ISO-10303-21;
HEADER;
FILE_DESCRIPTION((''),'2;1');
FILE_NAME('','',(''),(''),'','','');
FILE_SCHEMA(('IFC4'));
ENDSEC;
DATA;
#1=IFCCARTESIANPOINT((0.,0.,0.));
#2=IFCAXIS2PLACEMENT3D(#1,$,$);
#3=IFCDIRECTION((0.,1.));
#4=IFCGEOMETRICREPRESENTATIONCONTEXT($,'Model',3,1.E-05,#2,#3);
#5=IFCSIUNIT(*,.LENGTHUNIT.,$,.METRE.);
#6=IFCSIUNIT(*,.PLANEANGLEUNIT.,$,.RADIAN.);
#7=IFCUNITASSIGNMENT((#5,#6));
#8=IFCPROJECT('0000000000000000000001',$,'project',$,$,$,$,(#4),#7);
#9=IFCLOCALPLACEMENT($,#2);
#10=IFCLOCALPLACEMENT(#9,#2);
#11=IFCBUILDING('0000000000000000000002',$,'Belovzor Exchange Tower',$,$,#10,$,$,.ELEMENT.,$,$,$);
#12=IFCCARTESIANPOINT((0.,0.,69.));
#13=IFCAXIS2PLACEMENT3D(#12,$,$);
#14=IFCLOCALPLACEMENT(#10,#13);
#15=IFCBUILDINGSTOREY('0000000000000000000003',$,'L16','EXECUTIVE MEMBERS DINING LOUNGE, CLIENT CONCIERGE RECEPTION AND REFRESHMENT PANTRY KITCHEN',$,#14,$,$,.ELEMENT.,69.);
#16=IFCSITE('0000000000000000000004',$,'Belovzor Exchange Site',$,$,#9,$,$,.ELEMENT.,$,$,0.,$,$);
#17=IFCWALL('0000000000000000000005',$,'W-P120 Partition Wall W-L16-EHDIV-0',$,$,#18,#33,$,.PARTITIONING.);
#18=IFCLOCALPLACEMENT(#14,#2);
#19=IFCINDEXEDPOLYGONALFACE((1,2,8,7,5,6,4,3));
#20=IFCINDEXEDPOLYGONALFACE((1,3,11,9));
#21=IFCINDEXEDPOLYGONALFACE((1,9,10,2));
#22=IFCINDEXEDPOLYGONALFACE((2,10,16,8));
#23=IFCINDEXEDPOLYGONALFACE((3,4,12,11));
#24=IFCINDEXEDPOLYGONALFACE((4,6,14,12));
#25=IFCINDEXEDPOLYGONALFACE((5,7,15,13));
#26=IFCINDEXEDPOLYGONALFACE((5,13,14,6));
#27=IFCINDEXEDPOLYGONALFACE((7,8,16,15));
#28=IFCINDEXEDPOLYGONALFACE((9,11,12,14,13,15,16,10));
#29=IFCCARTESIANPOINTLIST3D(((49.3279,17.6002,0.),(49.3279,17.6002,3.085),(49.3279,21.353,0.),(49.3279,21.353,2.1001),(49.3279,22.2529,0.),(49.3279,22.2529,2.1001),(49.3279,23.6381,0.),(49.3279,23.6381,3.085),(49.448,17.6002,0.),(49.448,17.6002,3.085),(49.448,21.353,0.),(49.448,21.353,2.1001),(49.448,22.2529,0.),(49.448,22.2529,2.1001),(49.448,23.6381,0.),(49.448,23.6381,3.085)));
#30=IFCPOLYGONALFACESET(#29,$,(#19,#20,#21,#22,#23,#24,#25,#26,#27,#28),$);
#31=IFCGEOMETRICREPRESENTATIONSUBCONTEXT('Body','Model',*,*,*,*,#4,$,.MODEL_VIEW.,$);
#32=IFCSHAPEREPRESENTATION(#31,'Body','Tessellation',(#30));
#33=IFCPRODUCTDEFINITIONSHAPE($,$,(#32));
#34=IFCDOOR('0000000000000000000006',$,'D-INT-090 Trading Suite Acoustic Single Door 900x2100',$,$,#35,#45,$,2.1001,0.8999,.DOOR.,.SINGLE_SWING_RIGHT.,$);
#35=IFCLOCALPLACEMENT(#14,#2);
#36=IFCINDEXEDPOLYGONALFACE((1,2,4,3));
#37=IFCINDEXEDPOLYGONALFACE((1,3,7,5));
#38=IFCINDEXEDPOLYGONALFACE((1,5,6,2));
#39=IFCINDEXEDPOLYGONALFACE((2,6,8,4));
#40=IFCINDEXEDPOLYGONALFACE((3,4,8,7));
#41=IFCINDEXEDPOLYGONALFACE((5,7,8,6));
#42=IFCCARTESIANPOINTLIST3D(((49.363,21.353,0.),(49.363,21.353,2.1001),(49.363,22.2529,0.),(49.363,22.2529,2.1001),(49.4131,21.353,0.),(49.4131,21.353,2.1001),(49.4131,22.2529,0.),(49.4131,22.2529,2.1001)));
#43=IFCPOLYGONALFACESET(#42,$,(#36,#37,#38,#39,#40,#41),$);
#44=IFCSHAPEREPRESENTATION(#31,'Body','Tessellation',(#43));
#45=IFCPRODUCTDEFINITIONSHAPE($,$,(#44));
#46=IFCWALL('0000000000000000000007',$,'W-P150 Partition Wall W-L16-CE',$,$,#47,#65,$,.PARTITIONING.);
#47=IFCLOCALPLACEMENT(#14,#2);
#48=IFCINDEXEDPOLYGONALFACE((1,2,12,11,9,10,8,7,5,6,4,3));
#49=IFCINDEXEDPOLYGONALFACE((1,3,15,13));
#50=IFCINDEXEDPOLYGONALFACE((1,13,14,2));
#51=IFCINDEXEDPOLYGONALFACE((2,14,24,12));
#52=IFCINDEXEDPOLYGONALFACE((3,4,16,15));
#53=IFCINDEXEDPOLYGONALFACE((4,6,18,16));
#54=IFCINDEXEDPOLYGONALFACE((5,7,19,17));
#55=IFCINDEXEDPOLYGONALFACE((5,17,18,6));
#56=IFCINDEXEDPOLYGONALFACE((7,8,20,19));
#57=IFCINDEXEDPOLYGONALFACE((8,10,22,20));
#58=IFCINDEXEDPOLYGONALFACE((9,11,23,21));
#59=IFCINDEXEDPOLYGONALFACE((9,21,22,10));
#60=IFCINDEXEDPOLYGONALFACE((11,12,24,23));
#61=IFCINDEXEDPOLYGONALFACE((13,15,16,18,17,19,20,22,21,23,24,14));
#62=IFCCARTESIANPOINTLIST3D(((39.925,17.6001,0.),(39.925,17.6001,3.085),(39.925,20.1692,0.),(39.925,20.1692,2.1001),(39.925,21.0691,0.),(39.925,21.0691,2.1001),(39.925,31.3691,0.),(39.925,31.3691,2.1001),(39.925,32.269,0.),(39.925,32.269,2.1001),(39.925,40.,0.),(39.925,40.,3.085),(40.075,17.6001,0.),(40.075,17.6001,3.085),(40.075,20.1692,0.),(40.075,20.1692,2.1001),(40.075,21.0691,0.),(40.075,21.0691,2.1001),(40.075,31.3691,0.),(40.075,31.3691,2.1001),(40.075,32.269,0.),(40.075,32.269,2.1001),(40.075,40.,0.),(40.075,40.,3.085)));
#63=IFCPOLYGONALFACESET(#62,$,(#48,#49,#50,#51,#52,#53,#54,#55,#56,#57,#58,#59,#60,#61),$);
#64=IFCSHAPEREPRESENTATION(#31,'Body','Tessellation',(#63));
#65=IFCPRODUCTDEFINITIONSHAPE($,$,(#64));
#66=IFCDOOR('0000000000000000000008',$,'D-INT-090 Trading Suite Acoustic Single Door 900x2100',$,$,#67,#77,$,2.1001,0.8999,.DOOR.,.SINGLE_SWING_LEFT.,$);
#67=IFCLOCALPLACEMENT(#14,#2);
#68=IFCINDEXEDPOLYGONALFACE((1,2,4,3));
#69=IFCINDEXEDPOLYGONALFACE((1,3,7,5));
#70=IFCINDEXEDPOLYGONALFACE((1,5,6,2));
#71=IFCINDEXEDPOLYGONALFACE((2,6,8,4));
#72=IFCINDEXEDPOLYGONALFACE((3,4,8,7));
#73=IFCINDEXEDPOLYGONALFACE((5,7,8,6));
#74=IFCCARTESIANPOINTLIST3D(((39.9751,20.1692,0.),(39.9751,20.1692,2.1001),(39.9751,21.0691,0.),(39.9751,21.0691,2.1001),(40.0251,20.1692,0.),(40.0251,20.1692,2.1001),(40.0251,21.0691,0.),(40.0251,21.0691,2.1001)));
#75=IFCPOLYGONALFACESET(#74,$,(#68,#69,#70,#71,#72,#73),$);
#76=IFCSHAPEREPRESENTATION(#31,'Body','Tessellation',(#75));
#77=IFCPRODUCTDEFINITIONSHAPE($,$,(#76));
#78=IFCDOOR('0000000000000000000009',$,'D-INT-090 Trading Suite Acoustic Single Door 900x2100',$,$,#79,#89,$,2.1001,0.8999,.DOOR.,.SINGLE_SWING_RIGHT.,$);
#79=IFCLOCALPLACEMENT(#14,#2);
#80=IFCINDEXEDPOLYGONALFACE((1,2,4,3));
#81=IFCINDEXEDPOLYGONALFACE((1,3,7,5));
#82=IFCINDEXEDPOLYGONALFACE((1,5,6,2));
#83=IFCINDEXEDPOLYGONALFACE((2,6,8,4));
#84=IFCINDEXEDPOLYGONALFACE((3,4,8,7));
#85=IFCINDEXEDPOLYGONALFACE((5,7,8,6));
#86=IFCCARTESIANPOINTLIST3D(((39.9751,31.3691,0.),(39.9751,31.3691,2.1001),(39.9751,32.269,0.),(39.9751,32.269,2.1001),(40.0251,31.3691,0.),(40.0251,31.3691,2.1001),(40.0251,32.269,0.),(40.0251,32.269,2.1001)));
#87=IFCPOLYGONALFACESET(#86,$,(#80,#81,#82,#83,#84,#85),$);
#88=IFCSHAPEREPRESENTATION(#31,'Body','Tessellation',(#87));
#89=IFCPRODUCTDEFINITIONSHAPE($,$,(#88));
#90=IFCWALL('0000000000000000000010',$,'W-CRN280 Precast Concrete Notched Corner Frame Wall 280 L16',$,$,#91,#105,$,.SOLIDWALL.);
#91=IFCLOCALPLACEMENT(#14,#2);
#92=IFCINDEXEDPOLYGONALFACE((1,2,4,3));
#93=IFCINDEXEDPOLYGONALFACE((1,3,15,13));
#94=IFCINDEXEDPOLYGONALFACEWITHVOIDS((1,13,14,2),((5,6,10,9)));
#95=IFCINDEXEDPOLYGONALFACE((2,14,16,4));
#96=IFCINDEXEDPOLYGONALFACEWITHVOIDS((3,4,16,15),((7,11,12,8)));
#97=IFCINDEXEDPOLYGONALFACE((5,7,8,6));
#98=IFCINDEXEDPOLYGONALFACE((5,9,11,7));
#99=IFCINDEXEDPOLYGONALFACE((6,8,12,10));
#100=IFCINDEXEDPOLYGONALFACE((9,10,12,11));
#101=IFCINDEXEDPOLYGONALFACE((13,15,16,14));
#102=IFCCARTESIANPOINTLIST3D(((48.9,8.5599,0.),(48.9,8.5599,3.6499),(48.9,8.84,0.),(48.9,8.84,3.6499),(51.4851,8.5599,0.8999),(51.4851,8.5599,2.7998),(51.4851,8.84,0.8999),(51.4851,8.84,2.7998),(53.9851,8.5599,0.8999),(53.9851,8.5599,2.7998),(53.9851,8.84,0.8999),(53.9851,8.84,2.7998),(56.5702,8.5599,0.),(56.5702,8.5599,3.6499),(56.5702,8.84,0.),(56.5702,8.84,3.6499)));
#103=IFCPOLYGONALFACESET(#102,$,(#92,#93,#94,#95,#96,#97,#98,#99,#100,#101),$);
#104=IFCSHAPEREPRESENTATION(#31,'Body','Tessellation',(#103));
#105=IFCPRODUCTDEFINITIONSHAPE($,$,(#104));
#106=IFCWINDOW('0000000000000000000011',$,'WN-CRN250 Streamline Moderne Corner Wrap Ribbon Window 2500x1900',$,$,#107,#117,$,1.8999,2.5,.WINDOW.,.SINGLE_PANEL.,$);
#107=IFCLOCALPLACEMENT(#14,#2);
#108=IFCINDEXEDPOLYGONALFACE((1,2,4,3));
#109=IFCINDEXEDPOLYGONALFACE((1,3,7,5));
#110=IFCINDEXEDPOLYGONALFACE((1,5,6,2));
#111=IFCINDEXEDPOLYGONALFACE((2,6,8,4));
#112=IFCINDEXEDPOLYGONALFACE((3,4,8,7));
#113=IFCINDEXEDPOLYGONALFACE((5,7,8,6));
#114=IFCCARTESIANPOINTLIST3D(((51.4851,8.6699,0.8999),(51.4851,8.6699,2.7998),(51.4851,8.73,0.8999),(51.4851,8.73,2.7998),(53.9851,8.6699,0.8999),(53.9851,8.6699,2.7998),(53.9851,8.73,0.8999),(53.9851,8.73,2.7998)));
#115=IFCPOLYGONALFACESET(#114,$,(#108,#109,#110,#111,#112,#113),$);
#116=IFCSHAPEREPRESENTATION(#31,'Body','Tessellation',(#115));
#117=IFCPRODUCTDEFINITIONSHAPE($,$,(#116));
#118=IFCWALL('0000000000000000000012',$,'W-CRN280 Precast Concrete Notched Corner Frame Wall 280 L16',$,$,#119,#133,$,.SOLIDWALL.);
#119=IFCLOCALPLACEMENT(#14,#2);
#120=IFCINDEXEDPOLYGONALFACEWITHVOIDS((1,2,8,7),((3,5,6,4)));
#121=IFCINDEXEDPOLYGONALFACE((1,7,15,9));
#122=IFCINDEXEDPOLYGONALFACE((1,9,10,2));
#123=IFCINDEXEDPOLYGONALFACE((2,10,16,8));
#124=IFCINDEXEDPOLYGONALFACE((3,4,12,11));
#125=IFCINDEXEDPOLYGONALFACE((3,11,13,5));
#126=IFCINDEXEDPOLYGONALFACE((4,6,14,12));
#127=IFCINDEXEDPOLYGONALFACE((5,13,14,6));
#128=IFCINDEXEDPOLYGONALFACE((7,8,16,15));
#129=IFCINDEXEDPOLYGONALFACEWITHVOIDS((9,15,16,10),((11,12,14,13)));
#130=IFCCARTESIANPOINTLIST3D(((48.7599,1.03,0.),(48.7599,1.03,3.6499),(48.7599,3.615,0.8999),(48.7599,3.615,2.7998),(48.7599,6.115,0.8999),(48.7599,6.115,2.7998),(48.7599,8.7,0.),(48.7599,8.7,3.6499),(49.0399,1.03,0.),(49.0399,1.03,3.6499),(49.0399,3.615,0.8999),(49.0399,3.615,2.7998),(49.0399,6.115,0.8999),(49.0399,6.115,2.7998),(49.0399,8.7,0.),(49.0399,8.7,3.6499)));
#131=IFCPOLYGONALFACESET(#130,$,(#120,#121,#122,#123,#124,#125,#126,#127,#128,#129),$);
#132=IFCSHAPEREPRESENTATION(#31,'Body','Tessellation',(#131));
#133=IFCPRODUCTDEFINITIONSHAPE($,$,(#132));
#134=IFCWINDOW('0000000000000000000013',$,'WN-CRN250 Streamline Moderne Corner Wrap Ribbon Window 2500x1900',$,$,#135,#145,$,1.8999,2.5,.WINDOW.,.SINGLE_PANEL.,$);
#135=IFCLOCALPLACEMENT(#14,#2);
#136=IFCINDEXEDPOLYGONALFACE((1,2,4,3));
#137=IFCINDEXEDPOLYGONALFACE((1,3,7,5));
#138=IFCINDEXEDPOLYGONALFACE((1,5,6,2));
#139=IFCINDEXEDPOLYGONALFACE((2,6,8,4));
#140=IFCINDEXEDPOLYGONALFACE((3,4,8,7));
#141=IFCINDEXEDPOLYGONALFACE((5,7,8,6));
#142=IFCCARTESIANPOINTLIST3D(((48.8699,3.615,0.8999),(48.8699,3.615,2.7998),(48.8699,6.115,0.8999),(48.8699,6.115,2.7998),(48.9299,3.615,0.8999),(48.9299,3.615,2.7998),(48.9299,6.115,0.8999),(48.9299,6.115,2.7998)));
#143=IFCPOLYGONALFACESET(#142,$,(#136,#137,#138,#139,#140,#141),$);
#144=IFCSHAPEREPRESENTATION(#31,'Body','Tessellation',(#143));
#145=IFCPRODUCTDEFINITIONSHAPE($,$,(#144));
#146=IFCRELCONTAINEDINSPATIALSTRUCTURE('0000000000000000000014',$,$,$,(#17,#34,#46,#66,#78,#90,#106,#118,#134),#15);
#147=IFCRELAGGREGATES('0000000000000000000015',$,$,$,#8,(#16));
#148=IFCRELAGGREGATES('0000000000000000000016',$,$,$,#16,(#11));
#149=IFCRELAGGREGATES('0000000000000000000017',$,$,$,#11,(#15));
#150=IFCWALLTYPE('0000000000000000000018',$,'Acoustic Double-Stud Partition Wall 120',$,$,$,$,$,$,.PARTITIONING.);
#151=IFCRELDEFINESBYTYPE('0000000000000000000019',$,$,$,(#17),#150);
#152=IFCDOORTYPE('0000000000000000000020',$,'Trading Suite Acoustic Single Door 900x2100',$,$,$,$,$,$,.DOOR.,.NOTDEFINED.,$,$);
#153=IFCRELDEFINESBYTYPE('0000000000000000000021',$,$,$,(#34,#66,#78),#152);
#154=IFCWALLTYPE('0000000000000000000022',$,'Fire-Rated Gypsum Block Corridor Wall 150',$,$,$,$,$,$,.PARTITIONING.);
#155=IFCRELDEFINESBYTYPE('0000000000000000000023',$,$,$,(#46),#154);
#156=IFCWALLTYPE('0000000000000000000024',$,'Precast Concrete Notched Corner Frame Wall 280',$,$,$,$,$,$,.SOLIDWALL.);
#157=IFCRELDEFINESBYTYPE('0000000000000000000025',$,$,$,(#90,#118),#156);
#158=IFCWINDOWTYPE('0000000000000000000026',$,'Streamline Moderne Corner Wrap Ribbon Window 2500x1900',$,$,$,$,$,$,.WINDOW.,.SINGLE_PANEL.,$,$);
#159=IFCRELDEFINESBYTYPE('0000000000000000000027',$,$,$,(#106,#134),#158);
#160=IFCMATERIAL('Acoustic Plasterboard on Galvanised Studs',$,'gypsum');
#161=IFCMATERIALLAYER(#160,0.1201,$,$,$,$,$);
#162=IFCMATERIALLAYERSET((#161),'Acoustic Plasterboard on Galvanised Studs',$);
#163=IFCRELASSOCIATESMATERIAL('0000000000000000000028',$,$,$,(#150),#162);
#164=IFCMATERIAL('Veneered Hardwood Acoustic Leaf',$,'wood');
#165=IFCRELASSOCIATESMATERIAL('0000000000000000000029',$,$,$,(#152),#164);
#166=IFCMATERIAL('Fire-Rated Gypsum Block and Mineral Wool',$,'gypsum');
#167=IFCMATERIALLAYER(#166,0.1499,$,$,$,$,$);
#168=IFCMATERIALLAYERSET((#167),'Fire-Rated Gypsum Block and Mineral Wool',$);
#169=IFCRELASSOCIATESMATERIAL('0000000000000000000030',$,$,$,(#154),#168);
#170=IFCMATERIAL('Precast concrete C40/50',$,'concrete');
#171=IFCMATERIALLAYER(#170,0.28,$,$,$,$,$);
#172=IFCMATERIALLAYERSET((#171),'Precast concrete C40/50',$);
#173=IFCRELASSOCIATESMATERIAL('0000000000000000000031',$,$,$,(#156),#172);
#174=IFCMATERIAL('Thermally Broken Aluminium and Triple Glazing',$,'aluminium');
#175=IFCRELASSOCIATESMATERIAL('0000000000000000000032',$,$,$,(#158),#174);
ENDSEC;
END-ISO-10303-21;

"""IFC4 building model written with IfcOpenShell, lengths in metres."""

from ifc_helpers import new_model, si_unit, direction, frame, frame_2d, origin, place, context, subcontext, project, spatial, rectangle, extrude, material, layer, layer_set, type_object, element, fill, save


model = new_model("IFC4")

# Units and contexts
model_context = context("Model", 3, precision=1e-05, world=origin(), true_north=direction((0.0, 1.0)))
body_context = subcontext(model_context, "Body", "Model", "MODEL_VIEW")
ifc_project = project(units=[si_unit("LENGTHUNIT", "METRE"), si_unit("PLANEANGLEUNIT", "RADIAN")], contexts=[model_context])

# Site, building, storey
site_placement = place(None, origin())
site = spatial("IfcSite", under=ifc_project, at=site_placement, Name="Belovzor Exchange Site", CompositionType="ELEMENT", RefElevation=0.0)
building_placement = place(site_placement, origin())
building = spatial("IfcBuilding", under=site, at=building_placement, Name="Belovzor Exchange Tower", CompositionType="ELEMENT")
storey_placement = place(building_placement, frame((0.0, 0.0, 69.0)))
storey = spatial("IfcBuildingStorey", under=building, at=storey_placement, Name="L16", Description="EXECUTIVE MEMBERS DINING LOUNGE, CLIENT CONCIERGE RECEPTION AND REFRESHMENT PANTRY KITCHEN", CompositionType="ELEMENT", Elevation=69.0)

# Shared definitions
ifc_material_1 = material(Name="Acoustic Plasterboard on Galvanised Studs", Category="gypsum")
ifc_layer_1 = layer(ifc_material_1, 0.1201)
ifc_layer_set_1 = layer_set([ifc_layer_1], Name="Acoustic Plasterboard on Galvanised Studs")
wall_type_1 = type_object("IfcWallType", Name="Acoustic Double-Stud Partition Wall 120", PredefinedType="PARTITIONING", material=ifc_layer_set_1)

# Wall, opening, door
wall_1_placement = place(storey_placement, frame((49.3879, 17.6001, 0.0), z_axis=(0.0, 0.0, 1.0), x_axis=(0.0, 1.0, 0.0)))
wall_1 = element("IfcWall", 1, at=wall_1_placement, inside=storey, type_object=wall_type_1, Name="W-P120 Partition Wall W-L16-EHDIV-0", PredefinedType="PARTITIONING", context=body_context, shape_type="SweptSolid", body=[
    extrude(rectangle(XDim=6.0378, YDim=0.1201, at=frame_2d((3.019, 0.0))), origin(), (0.0, 0.0, 1.0), 3.085),
])
opening_1_placement = place(wall_1_placement, frame((3.7529, 0.0, 0.0)))
opening_1 = element("IfcOpeningElement", 2, at=opening_1_placement, cuts=wall_1, PredefinedType="OPENING", context=body_context, shape_type="SweptSolid", body=[
    extrude(rectangle(XDim=0.8999, YDim=2.1001, at=frame_2d((0.45, 1.05))), frame((0.0, 0.0701, 0.0), z_axis=(0.0, -1.0, 0.0), x_axis=(1.0, 0.0, 0.0)), (0.0, 0.0, 1.0), 0.1401),
])
ifc_material_2 = material(Name="Veneered Hardwood Acoustic Leaf", Category="wood")
door_type_1 = type_object("IfcDoorType", Name="Trading Suite Acoustic Single Door 900x2100", OperationType="NOTDEFINED", PredefinedType="DOOR", material=ifc_material_2)
door_1_placement = place(opening_1_placement, origin())
door_1 = element("IfcDoor", 3, at=door_1_placement, inside=storey, type_object=door_type_1, Name="D-INT-090 Trading Suite Acoustic Single Door 900x2100", OperationType="SINGLE_SWING_RIGHT", OverallHeight=2.1001, OverallWidth=0.8999, PredefinedType="DOOR", context=body_context, shape_type="SweptSolid", body=[
    extrude(rectangle(XDim=0.8999, YDim=2.1001, at=frame_2d((0.45, 1.05))), frame((0.0, 0.0249, 0.0), z_axis=(0.0, -1.0, 0.0), x_axis=(1.0, 0.0, 0.0)), (0.0, 0.0, 1.0), 0.05),
])
fill(opening_1, door_1)

# Wall, openings, doors
ifc_material_3 = material(Name="Fire-Rated Gypsum Block and Mineral Wool", Category="gypsum")
ifc_layer_2 = layer(ifc_material_3, 0.1499)
ifc_layer_set_2 = layer_set([ifc_layer_2], Name="Fire-Rated Gypsum Block and Mineral Wool")
wall_type_2 = type_object("IfcWallType", Name="Fire-Rated Gypsum Block Corridor Wall 150", PredefinedType="PARTITIONING", material=ifc_layer_set_2)
wall_2_placement = place(storey_placement, frame((40.0, 17.6001, 0.0), z_axis=(0.0, 0.0, 1.0), x_axis=(0.0, 1.0, 0.0)))
wall_2 = element("IfcWall", 4, at=wall_2_placement, inside=storey, type_object=wall_type_2, Name="W-P150 Partition Wall W-L16-CE", PredefinedType="PARTITIONING", context=body_context, shape_type="SweptSolid", body=[
    extrude(rectangle(XDim=22.3999, YDim=0.1499, at=frame_2d((11.2, 0.0))), origin(), (0.0, 0.0, 1.0), 3.085),
])
opening_2_placement = place(wall_2_placement, frame((2.5691, 0.0, 0.0)))
opening_2 = element("IfcOpeningElement", 5, at=opening_2_placement, cuts=wall_2, PredefinedType="OPENING", context=body_context, shape_type="SweptSolid", body=[
    extrude(rectangle(XDim=0.8999, YDim=2.1001, at=frame_2d((0.45, 1.05))), frame((0.0, 0.085, 0.0), z_axis=(0.0, -1.0, 0.0), x_axis=(1.0, 0.0, 0.0)), (0.0, 0.0, 1.0), 0.1699),
])
opening_3_placement = place(wall_2_placement, frame((13.769, 0.0, 0.0)))
opening_3 = element("IfcOpeningElement", 6, at=opening_3_placement, cuts=wall_2, PredefinedType="OPENING", context=body_context, shape_type="SweptSolid", body=[
    extrude(rectangle(XDim=0.8999, YDim=2.1001, at=frame_2d((0.45, 1.05))), frame((0.0, 0.085, 0.0), z_axis=(0.0, -1.0, 0.0), x_axis=(1.0, 0.0, 0.0)), (0.0, 0.0, 1.0), 0.1699),
])
door_2_placement = place(opening_2_placement, origin())
door_2 = element("IfcDoor", 7, at=door_2_placement, inside=storey, type_object=door_type_1, Name="D-INT-090 Trading Suite Acoustic Single Door 900x2100", OperationType="SINGLE_SWING_LEFT", OverallHeight=2.1001, OverallWidth=0.8999, PredefinedType="DOOR", context=body_context, shape_type="SweptSolid", body=[
    extrude(rectangle(XDim=0.8999, YDim=2.1001, at=frame_2d((0.45, 1.05))), frame((0.0, 0.0249, 0.0), z_axis=(0.0, -1.0, 0.0), x_axis=(1.0, 0.0, 0.0)), (0.0, 0.0, 1.0), 0.05),
])
fill(opening_2, door_2)
door_3_placement = place(opening_3_placement, origin())
door_3 = element("IfcDoor", 8, at=door_3_placement, inside=storey, type_object=door_type_1, Name="D-INT-090 Trading Suite Acoustic Single Door 900x2100", OperationType="SINGLE_SWING_RIGHT", OverallHeight=2.1001, OverallWidth=0.8999, PredefinedType="DOOR", context=body_context, shape_type="SweptSolid", body=[
    extrude(rectangle(XDim=0.8999, YDim=2.1001, at=frame_2d((0.45, 1.05))), frame((0.0, 0.0249, 0.0), z_axis=(0.0, -1.0, 0.0), x_axis=(1.0, 0.0, 0.0)), (0.0, 0.0, 1.0), 0.05),
])
fill(opening_3, door_3)

# Walls, openings, windows
ifc_material_4 = material(Name="Precast concrete C40/50", Category="concrete")
ifc_layer_3 = layer(ifc_material_4, 0.28)
ifc_layer_set_3 = layer_set([ifc_layer_3], Name="Precast concrete C40/50")
wall_type_3 = type_object("IfcWallType", Name="Precast Concrete Notched Corner Frame Wall 280", PredefinedType="SOLIDWALL", material=ifc_layer_set_3)
wall_3_placement = place(storey_placement, frame((56.5701, 8.7, 0.0), z_axis=(0.0, 0.0, 1.0), x_axis=(-1.0, 0.0, 0.0)))
wall_3 = element("IfcWall", 9, at=wall_3_placement, inside=storey, type_object=wall_type_3, Name="W-CRN280 Precast Concrete Notched Corner Frame Wall 280 L16", PredefinedType="SOLIDWALL", context=body_context, shape_type="SweptSolid", body=[
    extrude(rectangle(XDim=7.6702, YDim=0.28, at=frame_2d((3.835, 0.0))), origin(), (0.0, 0.0, 1.0), 3.6499),
])
opening_4_placement = place(wall_3_placement, frame((2.585, 0.0, 0.8999)))
opening_4 = element("IfcOpeningElement", 10, at=opening_4_placement, cuts=wall_3, PredefinedType="OPENING", context=body_context, shape_type="SweptSolid", body=[
    extrude(rectangle(XDim=2.5, YDim=1.8999, at=frame_2d((1.25, 0.95))), frame((0.0, 0.1499, 0.0), z_axis=(0.0, -1.0, 0.0), x_axis=(1.0, 0.0, 0.0)), (0.0, 0.0, 1.0), 0.3),
])
ifc_material_5 = material(Name="Thermally Broken Aluminium and Triple Glazing", Category="aluminium")
window_type = type_object("IfcWindowType", Name="Streamline Moderne Corner Wrap Ribbon Window 2500x1900", PartitioningType="SINGLE_PANEL", PredefinedType="WINDOW", material=ifc_material_5)
window_1_placement = place(opening_4_placement, origin())
window_1 = element("IfcWindow", 11, at=window_1_placement, inside=storey, type_object=window_type, Name="WN-CRN250 Streamline Moderne Corner Wrap Ribbon Window 2500x1900", OverallHeight=1.8999, OverallWidth=2.5, PartitioningType="SINGLE_PANEL", PredefinedType="WINDOW", context=body_context, shape_type="SweptSolid", body=[
    extrude(rectangle(XDim=2.5, YDim=1.8999, at=frame_2d((1.25, 0.95))), frame((0.0, 0.03, 0.0), z_axis=(0.0, -1.0, 0.0), x_axis=(1.0, 0.0, 0.0)), (0.0, 0.0, 1.0), 0.0601),
])
fill(opening_4, window_1)
wall_4_placement = place(storey_placement, frame((48.8999, 8.7, 0.0), z_axis=(0.0, 0.0, 1.0), x_axis=(0.0, -1.0, 0.0)))
wall_4 = element("IfcWall", 12, at=wall_4_placement, inside=storey, type_object=wall_type_3, Name="W-CRN280 Precast Concrete Notched Corner Frame Wall 280 L16", PredefinedType="SOLIDWALL", context=body_context, shape_type="SweptSolid", body=[
    extrude(rectangle(XDim=7.6699, YDim=0.28, at=frame_2d((3.835, 0.0))), origin(), (0.0, 0.0, 1.0), 3.6499),
])
opening_5_placement = place(wall_4_placement, frame((2.585, 0.0, 0.8999)))
opening_5 = element("IfcOpeningElement", 13, at=opening_5_placement, cuts=wall_4, PredefinedType="OPENING", context=body_context, shape_type="SweptSolid", body=[
    extrude(rectangle(XDim=2.5, YDim=1.8999, at=frame_2d((1.25, 0.95))), frame((0.0, 0.1499, 0.0), z_axis=(0.0, -1.0, 0.0), x_axis=(1.0, 0.0, 0.0)), (0.0, 0.0, 1.0), 0.3),
])
window_2_placement = place(opening_5_placement, origin())
window_2 = element("IfcWindow", 14, at=window_2_placement, inside=storey, type_object=window_type, Name="WN-CRN250 Streamline Moderne Corner Wrap Ribbon Window 2500x1900", OverallHeight=1.8999, OverallWidth=2.5, PartitioningType="SINGLE_PANEL", PredefinedType="WINDOW", context=body_context, shape_type="SweptSolid", body=[
    extrude(rectangle(XDim=2.5, YDim=1.8999, at=frame_2d((1.25, 0.95))), frame((0.0, 0.03, 0.0), z_axis=(0.0, -1.0, 0.0), x_axis=(1.0, 0.0, 0.0)), (0.0, 0.0, 1.0), 0.0601),
])
fill(opening_5, window_2)

save(model, "model.ifc")
